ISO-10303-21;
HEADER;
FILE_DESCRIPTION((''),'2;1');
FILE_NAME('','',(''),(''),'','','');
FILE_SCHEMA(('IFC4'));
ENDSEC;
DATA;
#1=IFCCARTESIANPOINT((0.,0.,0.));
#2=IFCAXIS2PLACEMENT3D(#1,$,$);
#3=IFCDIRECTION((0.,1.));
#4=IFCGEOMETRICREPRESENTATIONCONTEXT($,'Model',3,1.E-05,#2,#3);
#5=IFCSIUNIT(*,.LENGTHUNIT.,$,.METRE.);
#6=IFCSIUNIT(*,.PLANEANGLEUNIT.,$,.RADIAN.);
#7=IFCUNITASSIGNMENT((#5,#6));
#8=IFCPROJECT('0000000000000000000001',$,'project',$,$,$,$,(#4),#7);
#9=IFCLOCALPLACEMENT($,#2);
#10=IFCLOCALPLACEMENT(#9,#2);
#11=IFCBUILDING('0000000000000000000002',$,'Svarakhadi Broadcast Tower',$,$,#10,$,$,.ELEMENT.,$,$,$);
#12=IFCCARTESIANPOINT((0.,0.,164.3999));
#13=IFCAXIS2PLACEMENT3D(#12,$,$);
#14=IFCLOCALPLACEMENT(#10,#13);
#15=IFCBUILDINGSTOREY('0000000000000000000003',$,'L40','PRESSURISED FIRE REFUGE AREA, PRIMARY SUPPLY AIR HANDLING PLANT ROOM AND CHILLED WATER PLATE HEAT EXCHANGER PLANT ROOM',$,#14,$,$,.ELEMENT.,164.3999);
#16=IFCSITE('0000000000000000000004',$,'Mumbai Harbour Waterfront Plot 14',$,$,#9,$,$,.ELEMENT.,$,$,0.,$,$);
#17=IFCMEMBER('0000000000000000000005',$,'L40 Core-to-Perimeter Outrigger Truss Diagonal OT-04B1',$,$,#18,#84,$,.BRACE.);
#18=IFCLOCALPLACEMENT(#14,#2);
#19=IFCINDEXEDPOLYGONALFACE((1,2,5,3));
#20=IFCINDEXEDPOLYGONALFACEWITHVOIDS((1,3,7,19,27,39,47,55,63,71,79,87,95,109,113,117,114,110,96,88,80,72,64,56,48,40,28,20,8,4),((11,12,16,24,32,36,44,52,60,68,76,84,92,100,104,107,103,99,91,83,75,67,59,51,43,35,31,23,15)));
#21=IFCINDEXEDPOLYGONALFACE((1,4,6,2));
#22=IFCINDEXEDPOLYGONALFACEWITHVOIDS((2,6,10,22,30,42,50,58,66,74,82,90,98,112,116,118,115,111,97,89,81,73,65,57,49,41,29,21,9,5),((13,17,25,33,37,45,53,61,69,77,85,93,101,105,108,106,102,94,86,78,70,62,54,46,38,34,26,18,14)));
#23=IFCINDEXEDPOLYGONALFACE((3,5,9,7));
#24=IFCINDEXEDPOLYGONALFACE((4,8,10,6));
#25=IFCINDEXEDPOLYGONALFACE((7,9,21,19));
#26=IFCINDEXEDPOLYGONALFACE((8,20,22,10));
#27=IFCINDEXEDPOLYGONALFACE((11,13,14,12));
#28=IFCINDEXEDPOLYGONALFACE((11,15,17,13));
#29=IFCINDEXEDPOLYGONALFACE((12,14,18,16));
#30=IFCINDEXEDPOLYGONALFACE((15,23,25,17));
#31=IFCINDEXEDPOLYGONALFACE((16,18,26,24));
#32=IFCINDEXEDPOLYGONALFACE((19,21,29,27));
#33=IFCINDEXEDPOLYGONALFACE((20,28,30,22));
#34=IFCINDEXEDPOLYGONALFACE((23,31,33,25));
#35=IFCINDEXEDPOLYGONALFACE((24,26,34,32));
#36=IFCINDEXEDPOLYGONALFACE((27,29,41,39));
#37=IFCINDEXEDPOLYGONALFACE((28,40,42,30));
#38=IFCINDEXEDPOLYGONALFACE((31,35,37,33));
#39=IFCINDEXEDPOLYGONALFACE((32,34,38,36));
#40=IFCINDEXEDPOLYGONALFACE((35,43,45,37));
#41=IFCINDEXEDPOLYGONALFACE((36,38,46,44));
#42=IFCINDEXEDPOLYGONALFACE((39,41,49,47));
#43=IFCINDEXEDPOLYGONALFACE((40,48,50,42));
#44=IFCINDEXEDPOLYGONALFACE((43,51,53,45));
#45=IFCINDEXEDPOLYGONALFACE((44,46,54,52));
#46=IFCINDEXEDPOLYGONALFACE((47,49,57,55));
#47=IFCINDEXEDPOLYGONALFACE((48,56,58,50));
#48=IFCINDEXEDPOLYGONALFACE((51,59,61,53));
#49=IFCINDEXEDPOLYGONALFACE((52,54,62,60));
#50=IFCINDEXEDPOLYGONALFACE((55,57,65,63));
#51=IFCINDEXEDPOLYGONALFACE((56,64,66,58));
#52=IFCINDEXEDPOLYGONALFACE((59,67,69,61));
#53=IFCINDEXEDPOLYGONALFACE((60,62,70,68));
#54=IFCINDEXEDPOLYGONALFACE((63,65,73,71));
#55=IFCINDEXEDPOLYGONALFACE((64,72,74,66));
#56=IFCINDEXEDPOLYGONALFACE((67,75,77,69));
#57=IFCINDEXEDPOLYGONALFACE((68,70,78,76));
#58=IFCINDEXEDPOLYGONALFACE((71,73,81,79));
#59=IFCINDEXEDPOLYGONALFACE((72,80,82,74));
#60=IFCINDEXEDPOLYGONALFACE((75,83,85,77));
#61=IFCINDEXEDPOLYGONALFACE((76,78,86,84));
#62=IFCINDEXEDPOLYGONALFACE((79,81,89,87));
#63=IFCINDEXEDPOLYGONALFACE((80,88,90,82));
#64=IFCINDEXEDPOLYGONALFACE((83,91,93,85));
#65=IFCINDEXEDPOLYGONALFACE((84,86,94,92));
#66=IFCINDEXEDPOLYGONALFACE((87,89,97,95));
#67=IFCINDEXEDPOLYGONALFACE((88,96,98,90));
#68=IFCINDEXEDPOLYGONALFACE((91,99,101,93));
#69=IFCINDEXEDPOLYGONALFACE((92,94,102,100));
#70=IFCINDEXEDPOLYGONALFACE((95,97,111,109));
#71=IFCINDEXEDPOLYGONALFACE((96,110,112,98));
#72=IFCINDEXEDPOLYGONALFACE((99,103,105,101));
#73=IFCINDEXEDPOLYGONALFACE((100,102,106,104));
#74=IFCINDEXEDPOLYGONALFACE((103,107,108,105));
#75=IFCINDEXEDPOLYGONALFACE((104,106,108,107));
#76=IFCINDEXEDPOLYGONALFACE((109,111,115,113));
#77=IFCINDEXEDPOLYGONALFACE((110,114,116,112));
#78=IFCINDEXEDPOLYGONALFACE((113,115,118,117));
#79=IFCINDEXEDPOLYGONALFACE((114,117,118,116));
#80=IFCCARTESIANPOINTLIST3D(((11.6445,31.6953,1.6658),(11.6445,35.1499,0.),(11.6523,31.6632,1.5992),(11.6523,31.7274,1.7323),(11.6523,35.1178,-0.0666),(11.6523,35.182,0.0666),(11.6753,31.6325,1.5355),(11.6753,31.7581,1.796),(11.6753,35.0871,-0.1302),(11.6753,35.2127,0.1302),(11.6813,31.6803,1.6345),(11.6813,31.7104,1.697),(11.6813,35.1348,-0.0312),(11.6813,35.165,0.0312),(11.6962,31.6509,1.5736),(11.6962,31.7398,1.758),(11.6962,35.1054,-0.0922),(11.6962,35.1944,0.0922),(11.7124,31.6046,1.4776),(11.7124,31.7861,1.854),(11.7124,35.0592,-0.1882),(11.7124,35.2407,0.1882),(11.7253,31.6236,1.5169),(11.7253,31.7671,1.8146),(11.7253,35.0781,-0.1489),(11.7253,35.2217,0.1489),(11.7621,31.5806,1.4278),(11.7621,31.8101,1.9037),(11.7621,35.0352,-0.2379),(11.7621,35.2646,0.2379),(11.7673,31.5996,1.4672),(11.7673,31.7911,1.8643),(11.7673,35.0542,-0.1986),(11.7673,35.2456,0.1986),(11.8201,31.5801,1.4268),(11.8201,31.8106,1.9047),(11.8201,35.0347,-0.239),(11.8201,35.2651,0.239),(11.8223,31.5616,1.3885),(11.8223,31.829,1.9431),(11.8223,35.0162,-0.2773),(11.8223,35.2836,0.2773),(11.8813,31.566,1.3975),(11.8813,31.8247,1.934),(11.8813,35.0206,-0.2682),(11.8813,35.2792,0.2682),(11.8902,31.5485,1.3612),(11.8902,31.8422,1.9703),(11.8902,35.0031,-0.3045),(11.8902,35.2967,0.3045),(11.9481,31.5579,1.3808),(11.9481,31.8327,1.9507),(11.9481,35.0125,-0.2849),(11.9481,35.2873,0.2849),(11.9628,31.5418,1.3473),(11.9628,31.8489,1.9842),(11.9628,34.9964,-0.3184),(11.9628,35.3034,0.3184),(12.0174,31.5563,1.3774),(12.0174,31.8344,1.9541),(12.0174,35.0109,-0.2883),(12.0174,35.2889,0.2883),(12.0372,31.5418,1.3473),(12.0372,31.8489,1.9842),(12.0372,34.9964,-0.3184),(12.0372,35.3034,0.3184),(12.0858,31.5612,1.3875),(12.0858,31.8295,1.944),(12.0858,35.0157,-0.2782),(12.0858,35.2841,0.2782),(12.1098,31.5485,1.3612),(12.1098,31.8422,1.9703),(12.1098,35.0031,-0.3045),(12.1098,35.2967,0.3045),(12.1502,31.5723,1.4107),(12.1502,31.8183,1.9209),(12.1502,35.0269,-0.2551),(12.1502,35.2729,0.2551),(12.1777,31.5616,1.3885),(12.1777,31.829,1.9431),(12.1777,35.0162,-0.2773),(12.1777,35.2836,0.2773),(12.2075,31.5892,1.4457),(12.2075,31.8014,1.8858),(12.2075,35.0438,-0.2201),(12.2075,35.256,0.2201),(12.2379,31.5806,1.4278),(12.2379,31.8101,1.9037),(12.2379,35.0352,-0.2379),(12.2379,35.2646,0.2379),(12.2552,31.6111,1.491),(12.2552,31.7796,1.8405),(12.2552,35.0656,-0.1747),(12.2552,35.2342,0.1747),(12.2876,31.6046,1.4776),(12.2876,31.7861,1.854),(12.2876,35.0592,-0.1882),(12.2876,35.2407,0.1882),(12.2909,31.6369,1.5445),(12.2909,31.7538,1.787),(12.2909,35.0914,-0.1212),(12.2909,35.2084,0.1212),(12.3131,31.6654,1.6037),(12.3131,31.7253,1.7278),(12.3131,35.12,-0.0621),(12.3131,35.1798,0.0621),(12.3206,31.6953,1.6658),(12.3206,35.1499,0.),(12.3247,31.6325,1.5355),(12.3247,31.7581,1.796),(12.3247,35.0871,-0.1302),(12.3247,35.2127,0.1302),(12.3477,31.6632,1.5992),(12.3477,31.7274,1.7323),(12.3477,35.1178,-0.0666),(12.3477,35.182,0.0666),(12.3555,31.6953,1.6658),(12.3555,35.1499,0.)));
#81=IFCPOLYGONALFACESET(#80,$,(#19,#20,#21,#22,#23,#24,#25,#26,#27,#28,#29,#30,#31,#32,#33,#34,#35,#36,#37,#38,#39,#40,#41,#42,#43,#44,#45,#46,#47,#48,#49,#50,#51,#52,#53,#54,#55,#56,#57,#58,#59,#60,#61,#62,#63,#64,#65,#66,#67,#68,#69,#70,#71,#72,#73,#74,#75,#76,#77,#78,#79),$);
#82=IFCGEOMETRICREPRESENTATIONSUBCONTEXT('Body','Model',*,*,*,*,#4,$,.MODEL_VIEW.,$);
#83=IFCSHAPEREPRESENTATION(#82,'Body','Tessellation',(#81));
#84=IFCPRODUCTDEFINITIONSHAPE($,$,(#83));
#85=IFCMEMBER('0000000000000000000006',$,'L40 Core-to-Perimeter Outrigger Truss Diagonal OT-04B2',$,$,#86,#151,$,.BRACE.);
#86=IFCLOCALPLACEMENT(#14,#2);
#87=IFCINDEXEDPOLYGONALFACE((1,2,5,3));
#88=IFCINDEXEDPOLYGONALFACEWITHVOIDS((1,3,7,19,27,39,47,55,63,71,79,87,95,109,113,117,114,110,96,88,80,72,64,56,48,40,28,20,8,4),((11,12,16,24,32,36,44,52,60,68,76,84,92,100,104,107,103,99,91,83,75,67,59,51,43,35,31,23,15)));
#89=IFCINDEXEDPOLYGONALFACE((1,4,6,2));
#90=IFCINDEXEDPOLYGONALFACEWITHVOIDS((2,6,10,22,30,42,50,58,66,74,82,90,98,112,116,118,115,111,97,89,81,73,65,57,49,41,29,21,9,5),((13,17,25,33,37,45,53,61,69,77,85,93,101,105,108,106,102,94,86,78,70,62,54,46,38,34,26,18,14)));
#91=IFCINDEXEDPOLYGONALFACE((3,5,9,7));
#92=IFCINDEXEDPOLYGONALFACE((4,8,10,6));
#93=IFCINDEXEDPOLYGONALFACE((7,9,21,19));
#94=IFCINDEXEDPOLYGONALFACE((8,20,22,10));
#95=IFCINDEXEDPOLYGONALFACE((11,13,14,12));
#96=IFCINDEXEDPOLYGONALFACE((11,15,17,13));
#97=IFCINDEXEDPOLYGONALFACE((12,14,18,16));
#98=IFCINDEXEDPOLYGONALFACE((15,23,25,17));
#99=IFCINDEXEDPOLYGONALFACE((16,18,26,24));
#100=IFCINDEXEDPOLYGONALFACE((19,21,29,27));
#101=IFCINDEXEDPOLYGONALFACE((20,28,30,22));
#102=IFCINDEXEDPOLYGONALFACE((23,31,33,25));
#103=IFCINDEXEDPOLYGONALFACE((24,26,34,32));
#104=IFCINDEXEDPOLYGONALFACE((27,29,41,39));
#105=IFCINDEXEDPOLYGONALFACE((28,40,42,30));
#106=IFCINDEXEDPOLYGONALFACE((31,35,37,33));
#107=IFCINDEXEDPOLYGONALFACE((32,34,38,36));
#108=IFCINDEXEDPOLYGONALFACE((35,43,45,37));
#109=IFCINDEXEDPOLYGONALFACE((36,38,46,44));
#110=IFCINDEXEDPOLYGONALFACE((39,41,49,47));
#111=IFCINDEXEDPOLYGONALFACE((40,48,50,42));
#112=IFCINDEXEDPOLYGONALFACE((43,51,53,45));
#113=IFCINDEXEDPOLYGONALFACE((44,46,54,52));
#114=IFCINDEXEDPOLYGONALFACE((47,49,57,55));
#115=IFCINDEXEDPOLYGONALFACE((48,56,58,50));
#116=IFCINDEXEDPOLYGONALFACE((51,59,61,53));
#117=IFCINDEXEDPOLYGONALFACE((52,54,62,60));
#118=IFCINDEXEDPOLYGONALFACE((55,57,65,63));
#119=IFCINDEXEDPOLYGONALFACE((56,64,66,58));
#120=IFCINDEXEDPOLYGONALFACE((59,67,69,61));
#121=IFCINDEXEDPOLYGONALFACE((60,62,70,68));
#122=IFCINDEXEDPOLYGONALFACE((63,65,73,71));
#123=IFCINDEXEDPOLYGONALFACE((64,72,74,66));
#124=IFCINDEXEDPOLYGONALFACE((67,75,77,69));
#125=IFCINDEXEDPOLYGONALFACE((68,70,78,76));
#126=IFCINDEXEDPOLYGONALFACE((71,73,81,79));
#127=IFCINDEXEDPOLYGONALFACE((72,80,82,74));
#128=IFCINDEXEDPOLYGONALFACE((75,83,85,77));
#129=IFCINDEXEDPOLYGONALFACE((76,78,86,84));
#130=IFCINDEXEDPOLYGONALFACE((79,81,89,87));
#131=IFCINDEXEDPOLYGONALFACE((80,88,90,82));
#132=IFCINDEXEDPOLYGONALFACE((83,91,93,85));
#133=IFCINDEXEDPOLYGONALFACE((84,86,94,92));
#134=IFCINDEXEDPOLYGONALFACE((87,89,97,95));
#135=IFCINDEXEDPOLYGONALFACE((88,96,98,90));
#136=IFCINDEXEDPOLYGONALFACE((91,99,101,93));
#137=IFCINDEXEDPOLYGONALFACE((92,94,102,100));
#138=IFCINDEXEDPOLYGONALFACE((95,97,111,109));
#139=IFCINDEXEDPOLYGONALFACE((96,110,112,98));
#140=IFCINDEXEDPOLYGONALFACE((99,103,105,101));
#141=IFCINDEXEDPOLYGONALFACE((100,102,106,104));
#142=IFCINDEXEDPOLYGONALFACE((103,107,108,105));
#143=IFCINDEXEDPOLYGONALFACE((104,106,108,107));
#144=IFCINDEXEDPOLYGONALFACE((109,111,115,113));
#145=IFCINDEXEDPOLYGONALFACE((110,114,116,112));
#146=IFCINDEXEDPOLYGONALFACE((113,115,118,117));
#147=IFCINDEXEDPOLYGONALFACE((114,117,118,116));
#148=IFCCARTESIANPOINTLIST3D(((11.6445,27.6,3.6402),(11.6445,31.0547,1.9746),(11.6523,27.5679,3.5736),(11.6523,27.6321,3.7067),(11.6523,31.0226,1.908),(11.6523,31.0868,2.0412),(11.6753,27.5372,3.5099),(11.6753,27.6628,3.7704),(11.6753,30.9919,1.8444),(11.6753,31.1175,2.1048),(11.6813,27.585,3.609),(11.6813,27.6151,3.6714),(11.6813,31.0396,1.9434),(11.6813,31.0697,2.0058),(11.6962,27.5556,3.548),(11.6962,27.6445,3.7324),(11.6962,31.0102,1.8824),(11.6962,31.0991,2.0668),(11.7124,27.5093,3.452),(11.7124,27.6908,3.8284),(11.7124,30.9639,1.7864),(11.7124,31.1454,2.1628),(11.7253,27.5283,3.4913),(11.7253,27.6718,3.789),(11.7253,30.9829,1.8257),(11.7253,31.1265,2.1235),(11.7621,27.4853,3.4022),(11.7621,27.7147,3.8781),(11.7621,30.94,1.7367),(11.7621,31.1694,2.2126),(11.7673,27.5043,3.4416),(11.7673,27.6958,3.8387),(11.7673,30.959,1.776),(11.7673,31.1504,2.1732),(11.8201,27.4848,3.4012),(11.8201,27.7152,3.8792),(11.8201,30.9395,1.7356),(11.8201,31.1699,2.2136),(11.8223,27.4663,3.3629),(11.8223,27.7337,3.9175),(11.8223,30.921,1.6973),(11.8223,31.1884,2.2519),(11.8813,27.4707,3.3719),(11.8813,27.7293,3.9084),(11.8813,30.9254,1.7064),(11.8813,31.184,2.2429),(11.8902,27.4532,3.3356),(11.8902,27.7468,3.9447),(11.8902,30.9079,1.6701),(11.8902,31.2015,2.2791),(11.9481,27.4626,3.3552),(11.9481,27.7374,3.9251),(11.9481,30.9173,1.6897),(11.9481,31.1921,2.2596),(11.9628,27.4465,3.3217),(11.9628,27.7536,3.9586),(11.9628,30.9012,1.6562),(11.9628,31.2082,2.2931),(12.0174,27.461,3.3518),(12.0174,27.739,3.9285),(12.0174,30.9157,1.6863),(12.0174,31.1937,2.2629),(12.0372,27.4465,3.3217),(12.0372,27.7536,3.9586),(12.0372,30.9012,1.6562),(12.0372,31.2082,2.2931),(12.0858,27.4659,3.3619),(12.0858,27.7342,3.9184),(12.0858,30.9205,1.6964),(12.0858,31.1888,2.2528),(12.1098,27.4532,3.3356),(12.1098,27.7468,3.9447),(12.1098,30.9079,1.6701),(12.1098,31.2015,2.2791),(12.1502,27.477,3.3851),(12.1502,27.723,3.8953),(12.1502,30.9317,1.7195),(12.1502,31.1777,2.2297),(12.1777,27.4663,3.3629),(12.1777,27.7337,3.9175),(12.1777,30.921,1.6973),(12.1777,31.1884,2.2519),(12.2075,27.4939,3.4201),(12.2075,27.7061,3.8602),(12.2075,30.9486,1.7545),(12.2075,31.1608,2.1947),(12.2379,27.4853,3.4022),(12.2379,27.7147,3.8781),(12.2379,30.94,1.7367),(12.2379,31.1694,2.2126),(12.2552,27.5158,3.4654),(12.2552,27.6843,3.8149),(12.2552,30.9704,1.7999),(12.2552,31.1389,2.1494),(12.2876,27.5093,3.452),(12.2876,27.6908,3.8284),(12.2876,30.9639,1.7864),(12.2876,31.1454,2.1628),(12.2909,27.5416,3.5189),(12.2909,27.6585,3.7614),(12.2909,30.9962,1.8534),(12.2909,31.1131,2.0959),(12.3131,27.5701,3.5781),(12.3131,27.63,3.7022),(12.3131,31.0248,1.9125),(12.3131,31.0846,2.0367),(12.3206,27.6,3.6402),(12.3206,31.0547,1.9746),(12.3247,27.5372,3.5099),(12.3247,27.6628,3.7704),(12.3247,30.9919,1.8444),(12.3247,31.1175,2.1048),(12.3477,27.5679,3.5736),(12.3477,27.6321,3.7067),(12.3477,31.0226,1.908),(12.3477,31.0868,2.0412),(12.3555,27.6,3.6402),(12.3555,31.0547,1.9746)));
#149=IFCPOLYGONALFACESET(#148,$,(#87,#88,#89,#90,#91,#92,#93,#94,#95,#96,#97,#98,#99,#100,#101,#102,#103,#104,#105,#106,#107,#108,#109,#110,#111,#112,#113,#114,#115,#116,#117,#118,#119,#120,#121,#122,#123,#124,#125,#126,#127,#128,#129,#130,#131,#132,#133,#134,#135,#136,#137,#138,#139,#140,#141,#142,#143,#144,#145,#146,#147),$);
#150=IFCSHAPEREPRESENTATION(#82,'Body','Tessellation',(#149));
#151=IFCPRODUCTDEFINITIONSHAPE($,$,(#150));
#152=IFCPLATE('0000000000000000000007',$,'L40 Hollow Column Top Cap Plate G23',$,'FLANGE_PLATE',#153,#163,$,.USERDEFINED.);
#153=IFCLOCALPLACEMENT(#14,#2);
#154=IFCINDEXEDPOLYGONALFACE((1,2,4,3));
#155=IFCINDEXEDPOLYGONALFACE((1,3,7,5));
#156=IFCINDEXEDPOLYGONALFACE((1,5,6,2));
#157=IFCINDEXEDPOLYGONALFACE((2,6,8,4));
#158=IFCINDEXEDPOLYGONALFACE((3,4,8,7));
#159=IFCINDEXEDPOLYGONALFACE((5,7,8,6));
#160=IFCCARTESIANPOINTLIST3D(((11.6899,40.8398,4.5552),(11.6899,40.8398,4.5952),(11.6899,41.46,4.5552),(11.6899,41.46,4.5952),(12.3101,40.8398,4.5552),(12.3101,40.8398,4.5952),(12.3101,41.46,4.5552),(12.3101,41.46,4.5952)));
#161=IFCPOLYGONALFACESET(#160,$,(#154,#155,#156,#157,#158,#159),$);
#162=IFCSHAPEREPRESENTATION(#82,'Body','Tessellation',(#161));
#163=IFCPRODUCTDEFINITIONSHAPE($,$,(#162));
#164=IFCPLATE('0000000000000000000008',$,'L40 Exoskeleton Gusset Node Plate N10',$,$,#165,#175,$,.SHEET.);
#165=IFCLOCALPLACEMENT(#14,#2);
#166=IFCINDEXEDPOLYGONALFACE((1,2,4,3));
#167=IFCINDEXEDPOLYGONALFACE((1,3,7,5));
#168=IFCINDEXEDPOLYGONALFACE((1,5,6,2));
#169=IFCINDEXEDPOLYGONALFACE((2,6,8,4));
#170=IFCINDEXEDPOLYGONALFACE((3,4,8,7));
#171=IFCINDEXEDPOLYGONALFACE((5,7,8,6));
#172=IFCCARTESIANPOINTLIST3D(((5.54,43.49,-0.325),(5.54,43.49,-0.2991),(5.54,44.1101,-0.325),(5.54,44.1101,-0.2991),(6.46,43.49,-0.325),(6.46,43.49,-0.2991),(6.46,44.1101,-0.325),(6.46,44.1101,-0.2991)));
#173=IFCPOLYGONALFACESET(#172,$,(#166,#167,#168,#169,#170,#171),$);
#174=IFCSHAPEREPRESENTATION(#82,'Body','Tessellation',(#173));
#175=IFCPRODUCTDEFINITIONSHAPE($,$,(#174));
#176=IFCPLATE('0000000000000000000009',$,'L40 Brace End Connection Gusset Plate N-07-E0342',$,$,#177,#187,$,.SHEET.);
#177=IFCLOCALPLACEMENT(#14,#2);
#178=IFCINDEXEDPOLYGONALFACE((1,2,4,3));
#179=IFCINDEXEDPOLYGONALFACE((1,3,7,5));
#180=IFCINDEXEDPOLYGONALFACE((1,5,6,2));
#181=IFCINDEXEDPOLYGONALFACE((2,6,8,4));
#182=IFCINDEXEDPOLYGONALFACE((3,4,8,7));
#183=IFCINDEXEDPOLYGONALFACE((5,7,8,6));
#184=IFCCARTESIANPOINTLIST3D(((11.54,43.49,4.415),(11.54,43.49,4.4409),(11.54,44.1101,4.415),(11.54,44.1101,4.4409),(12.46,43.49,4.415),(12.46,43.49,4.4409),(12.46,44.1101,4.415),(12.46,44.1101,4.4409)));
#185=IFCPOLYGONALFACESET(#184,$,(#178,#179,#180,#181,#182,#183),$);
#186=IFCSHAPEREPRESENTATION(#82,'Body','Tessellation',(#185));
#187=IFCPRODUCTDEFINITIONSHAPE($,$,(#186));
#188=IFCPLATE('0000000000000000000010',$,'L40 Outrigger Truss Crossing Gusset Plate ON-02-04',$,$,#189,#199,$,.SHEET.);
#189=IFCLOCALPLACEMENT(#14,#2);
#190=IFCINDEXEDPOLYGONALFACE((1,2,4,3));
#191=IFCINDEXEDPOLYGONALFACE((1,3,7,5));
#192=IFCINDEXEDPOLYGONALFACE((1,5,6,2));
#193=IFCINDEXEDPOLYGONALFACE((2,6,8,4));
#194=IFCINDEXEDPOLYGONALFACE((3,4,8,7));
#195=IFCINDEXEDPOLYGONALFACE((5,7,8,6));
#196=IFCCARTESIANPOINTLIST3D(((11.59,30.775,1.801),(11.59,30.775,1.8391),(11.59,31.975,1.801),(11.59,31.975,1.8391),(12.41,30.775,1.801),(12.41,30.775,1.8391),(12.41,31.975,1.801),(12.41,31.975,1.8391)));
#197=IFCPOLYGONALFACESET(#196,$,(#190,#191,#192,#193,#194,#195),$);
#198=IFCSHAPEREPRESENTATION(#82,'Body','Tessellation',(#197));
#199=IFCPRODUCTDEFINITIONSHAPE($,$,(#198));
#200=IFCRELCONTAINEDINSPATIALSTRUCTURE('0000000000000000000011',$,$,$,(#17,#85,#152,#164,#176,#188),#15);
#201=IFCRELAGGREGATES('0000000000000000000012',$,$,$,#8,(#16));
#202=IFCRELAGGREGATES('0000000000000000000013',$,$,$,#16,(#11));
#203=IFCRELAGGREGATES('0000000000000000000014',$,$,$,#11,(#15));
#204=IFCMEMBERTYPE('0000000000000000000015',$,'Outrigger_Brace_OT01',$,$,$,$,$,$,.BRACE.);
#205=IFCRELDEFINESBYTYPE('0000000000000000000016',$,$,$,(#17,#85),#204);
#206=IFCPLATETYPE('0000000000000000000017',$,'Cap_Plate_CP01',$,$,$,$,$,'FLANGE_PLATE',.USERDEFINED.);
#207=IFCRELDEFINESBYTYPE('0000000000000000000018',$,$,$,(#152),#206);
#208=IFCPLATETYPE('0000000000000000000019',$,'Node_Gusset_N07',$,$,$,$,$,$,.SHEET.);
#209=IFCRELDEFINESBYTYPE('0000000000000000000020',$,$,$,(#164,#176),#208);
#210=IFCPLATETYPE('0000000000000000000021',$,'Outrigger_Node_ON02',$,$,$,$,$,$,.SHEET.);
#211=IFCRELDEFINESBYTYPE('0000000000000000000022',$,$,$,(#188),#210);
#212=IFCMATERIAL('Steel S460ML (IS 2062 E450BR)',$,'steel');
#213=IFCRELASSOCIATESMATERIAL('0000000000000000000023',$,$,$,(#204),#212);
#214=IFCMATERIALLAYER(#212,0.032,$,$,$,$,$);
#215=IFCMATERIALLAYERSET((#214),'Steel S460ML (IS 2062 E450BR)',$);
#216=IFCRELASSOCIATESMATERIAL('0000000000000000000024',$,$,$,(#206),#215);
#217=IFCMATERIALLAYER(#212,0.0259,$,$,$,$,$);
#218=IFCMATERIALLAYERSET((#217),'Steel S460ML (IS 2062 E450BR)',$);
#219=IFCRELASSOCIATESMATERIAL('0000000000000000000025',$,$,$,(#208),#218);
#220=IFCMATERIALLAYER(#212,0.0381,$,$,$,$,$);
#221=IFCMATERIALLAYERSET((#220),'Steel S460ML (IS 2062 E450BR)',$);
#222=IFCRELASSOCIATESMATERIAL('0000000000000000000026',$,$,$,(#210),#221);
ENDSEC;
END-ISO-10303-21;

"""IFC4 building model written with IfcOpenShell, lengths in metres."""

from ifc_helpers import new_model, si_unit, direction, frame, origin, origin_2d, place, context, subcontext, project, spatial, rectangle, hollow_circle, extrude, material, layer, layer_set, material_profile, profile_set, type_object, element, save


model = new_model("IFC4")

# Units and contexts
model_context = context("Model", 3, precision=1e-05, world=origin(), true_north=direction((0.0, 1.0)))
body_context = subcontext(model_context, "Body", "Model", "MODEL_VIEW")
ifc_project = project(units=[si_unit("LENGTHUNIT", "METRE"), si_unit("PLANEANGLEUNIT", "RADIAN")], contexts=[model_context])

# Site, building, storey
site_placement = place(None, origin())
site = spatial("IfcSite", under=ifc_project, at=site_placement, Name="Mumbai Harbour Waterfront Plot 14", CompositionType="ELEMENT", RefElevation=0.0)
building_placement = place(site_placement, origin())
building = spatial("IfcBuilding", under=site, at=building_placement, Name="Svarakhadi Broadcast Tower", CompositionType="ELEMENT")
storey_placement = place(building_placement, frame((0.0, 0.0, 164.3999)))
storey = spatial("IfcBuildingStorey", under=building, at=storey_placement, Name="L40", Description="PRESSURISED FIRE REFUGE AREA, PRIMARY SUPPLY AIR HANDLING PLANT ROOM AND CHILLED WATER PLATE HEAT EXCHANGER PLANT ROOM", CompositionType="ELEMENT", Elevation=164.3999)

# Shared definitions
ifc_material_1 = material(Name="Steel S460ML (IS 2062 E450BR)", Category="steel")

# Members
ifc_material_profile_1 = material_profile(ifc_material_1, hollow_circle(Radius=0.3555, WallThickness=0.0349, at=origin_2d()), Name="CHS 711x35")
ifc_profile_set_1 = profile_set([ifc_material_profile_1], Name="Steel S460ML (IS 2062 E450BR)")
member_type_1 = type_object("IfcMemberType", Name="Outrigger_Brace_OT01", PredefinedType="BRACE", material=ifc_profile_set_1)
for number, where, z_axis, x_axis, name in (
    (1, (12.0, 35.1499, 0.0), (0.0, -0.900752, 0.434334), (1.0, 0.0, 0.0), "L40 Core-to-Perimeter Outrigger Truss Diagonal OT-04B1"),
    (2, (12.0, 31.0547, 1.9746), (0.0, -0.900777, 0.434283), (1.0, 0.0, 0.0), "L40 Core-to-Perimeter Outrigger Truss Diagonal OT-04B2"),
):
    element("IfcMember", number, at=place(storey_placement, frame(where, z_axis=z_axis, x_axis=x_axis)), inside=storey, type_object=member_type_1, Name=name, PredefinedType="BRACE", context=body_context, shape_type="SweptSolid", body=[
        extrude(hollow_circle(Radius=0.3555, WallThickness=0.0349, at=origin_2d()), origin(), (0.0, 0.0, 1.0), 3.8352),
    ])

# Plates
ifc_layer_1 = layer(ifc_material_1, 0.032)
ifc_layer_set_1 = layer_set([ifc_layer_1], Name="Steel S460ML (IS 2062 E450BR)")
plate_type_1 = type_object("IfcPlateType", Name="Cap_Plate_CP01", ElementType="FLANGE_PLATE", PredefinedType="USERDEFINED", material=ifc_layer_set_1)
plate_placement = place(storey_placement, frame((12.0, 41.1499, 4.5552), z_axis=(0.0, 0.0, 1.0), x_axis=(1.0, 0.0, 0.0)))
element("IfcPlate", 3, at=plate_placement, inside=storey, type_object=plate_type_1, Name="L40 Hollow Column Top Cap Plate G23", ObjectType="FLANGE_PLATE", PredefinedType="USERDEFINED", context=body_context, shape_type="SweptSolid", body=[
    extrude(rectangle(XDim=0.6201, YDim=0.6201, at=origin_2d()), origin(), (0.0, 0.0, 1.0), 0.04),
])
ifc_layer_2 = layer(ifc_material_1, 0.0259)
ifc_layer_set_2 = layer_set([ifc_layer_2], Name="Steel S460ML (IS 2062 E450BR)")
plate_type_2 = type_object("IfcPlateType", Name="Node_Gusset_N07", PredefinedType="SHEET", material=ifc_layer_set_2)
for number, where, z_axis, x_axis, name in (
    (4, (6.0, 43.8, -0.325), (0.0, 0.0, 1.0), (1.0, 0.0, 0.0), "L40 Exoskeleton Gusset Node Plate N10"),
    (5, (12.0, 43.8, 4.415), (0.0, 0.0, 1.0), (1.0, 0.0, 0.0), "L40 Brace End Connection Gusset Plate N-07-E0342"),
):
    element("IfcPlate", number, at=place(storey_placement, frame(where, z_axis=z_axis, x_axis=x_axis)), inside=storey, type_object=plate_type_2, Name=name, PredefinedType="SHEET", context=body_context, shape_type="SweptSolid", body=[
        extrude(rectangle(XDim=0.9199, YDim=0.6201, at=origin_2d()), origin(), (0.0, 0.0, 1.0), 0.0259),
    ])
ifc_layer_3 = layer(ifc_material_1, 0.0381)
ifc_layer_set_3 = layer_set([ifc_layer_3], Name="Steel S460ML (IS 2062 E450BR)")
plate_type_3 = type_object("IfcPlateType", Name="Outrigger_Node_ON02", PredefinedType="SHEET", material=ifc_layer_set_3)
for number, where, z_axis, x_axis, name in (
    (6, (12.0, 31.375, 1.801), (0.0, 0.0, 1.0), (0.0, 1.0, 0.0), "L40 Outrigger Truss Crossing Gusset Plate ON-02-04"),
):
    element("IfcPlate", number, at=place(storey_placement, frame(where, z_axis=z_axis, x_axis=x_axis)), inside=storey, type_object=plate_type_3, Name=name, PredefinedType="SHEET", context=body_context, shape_type="SweptSolid", body=[
        extrude(rectangle(XDim=1.2, YDim=0.8201, at=origin_2d()), origin(), (0.0, 0.0, 1.0), 0.0381),
    ])

save(model, "model.ifc")
